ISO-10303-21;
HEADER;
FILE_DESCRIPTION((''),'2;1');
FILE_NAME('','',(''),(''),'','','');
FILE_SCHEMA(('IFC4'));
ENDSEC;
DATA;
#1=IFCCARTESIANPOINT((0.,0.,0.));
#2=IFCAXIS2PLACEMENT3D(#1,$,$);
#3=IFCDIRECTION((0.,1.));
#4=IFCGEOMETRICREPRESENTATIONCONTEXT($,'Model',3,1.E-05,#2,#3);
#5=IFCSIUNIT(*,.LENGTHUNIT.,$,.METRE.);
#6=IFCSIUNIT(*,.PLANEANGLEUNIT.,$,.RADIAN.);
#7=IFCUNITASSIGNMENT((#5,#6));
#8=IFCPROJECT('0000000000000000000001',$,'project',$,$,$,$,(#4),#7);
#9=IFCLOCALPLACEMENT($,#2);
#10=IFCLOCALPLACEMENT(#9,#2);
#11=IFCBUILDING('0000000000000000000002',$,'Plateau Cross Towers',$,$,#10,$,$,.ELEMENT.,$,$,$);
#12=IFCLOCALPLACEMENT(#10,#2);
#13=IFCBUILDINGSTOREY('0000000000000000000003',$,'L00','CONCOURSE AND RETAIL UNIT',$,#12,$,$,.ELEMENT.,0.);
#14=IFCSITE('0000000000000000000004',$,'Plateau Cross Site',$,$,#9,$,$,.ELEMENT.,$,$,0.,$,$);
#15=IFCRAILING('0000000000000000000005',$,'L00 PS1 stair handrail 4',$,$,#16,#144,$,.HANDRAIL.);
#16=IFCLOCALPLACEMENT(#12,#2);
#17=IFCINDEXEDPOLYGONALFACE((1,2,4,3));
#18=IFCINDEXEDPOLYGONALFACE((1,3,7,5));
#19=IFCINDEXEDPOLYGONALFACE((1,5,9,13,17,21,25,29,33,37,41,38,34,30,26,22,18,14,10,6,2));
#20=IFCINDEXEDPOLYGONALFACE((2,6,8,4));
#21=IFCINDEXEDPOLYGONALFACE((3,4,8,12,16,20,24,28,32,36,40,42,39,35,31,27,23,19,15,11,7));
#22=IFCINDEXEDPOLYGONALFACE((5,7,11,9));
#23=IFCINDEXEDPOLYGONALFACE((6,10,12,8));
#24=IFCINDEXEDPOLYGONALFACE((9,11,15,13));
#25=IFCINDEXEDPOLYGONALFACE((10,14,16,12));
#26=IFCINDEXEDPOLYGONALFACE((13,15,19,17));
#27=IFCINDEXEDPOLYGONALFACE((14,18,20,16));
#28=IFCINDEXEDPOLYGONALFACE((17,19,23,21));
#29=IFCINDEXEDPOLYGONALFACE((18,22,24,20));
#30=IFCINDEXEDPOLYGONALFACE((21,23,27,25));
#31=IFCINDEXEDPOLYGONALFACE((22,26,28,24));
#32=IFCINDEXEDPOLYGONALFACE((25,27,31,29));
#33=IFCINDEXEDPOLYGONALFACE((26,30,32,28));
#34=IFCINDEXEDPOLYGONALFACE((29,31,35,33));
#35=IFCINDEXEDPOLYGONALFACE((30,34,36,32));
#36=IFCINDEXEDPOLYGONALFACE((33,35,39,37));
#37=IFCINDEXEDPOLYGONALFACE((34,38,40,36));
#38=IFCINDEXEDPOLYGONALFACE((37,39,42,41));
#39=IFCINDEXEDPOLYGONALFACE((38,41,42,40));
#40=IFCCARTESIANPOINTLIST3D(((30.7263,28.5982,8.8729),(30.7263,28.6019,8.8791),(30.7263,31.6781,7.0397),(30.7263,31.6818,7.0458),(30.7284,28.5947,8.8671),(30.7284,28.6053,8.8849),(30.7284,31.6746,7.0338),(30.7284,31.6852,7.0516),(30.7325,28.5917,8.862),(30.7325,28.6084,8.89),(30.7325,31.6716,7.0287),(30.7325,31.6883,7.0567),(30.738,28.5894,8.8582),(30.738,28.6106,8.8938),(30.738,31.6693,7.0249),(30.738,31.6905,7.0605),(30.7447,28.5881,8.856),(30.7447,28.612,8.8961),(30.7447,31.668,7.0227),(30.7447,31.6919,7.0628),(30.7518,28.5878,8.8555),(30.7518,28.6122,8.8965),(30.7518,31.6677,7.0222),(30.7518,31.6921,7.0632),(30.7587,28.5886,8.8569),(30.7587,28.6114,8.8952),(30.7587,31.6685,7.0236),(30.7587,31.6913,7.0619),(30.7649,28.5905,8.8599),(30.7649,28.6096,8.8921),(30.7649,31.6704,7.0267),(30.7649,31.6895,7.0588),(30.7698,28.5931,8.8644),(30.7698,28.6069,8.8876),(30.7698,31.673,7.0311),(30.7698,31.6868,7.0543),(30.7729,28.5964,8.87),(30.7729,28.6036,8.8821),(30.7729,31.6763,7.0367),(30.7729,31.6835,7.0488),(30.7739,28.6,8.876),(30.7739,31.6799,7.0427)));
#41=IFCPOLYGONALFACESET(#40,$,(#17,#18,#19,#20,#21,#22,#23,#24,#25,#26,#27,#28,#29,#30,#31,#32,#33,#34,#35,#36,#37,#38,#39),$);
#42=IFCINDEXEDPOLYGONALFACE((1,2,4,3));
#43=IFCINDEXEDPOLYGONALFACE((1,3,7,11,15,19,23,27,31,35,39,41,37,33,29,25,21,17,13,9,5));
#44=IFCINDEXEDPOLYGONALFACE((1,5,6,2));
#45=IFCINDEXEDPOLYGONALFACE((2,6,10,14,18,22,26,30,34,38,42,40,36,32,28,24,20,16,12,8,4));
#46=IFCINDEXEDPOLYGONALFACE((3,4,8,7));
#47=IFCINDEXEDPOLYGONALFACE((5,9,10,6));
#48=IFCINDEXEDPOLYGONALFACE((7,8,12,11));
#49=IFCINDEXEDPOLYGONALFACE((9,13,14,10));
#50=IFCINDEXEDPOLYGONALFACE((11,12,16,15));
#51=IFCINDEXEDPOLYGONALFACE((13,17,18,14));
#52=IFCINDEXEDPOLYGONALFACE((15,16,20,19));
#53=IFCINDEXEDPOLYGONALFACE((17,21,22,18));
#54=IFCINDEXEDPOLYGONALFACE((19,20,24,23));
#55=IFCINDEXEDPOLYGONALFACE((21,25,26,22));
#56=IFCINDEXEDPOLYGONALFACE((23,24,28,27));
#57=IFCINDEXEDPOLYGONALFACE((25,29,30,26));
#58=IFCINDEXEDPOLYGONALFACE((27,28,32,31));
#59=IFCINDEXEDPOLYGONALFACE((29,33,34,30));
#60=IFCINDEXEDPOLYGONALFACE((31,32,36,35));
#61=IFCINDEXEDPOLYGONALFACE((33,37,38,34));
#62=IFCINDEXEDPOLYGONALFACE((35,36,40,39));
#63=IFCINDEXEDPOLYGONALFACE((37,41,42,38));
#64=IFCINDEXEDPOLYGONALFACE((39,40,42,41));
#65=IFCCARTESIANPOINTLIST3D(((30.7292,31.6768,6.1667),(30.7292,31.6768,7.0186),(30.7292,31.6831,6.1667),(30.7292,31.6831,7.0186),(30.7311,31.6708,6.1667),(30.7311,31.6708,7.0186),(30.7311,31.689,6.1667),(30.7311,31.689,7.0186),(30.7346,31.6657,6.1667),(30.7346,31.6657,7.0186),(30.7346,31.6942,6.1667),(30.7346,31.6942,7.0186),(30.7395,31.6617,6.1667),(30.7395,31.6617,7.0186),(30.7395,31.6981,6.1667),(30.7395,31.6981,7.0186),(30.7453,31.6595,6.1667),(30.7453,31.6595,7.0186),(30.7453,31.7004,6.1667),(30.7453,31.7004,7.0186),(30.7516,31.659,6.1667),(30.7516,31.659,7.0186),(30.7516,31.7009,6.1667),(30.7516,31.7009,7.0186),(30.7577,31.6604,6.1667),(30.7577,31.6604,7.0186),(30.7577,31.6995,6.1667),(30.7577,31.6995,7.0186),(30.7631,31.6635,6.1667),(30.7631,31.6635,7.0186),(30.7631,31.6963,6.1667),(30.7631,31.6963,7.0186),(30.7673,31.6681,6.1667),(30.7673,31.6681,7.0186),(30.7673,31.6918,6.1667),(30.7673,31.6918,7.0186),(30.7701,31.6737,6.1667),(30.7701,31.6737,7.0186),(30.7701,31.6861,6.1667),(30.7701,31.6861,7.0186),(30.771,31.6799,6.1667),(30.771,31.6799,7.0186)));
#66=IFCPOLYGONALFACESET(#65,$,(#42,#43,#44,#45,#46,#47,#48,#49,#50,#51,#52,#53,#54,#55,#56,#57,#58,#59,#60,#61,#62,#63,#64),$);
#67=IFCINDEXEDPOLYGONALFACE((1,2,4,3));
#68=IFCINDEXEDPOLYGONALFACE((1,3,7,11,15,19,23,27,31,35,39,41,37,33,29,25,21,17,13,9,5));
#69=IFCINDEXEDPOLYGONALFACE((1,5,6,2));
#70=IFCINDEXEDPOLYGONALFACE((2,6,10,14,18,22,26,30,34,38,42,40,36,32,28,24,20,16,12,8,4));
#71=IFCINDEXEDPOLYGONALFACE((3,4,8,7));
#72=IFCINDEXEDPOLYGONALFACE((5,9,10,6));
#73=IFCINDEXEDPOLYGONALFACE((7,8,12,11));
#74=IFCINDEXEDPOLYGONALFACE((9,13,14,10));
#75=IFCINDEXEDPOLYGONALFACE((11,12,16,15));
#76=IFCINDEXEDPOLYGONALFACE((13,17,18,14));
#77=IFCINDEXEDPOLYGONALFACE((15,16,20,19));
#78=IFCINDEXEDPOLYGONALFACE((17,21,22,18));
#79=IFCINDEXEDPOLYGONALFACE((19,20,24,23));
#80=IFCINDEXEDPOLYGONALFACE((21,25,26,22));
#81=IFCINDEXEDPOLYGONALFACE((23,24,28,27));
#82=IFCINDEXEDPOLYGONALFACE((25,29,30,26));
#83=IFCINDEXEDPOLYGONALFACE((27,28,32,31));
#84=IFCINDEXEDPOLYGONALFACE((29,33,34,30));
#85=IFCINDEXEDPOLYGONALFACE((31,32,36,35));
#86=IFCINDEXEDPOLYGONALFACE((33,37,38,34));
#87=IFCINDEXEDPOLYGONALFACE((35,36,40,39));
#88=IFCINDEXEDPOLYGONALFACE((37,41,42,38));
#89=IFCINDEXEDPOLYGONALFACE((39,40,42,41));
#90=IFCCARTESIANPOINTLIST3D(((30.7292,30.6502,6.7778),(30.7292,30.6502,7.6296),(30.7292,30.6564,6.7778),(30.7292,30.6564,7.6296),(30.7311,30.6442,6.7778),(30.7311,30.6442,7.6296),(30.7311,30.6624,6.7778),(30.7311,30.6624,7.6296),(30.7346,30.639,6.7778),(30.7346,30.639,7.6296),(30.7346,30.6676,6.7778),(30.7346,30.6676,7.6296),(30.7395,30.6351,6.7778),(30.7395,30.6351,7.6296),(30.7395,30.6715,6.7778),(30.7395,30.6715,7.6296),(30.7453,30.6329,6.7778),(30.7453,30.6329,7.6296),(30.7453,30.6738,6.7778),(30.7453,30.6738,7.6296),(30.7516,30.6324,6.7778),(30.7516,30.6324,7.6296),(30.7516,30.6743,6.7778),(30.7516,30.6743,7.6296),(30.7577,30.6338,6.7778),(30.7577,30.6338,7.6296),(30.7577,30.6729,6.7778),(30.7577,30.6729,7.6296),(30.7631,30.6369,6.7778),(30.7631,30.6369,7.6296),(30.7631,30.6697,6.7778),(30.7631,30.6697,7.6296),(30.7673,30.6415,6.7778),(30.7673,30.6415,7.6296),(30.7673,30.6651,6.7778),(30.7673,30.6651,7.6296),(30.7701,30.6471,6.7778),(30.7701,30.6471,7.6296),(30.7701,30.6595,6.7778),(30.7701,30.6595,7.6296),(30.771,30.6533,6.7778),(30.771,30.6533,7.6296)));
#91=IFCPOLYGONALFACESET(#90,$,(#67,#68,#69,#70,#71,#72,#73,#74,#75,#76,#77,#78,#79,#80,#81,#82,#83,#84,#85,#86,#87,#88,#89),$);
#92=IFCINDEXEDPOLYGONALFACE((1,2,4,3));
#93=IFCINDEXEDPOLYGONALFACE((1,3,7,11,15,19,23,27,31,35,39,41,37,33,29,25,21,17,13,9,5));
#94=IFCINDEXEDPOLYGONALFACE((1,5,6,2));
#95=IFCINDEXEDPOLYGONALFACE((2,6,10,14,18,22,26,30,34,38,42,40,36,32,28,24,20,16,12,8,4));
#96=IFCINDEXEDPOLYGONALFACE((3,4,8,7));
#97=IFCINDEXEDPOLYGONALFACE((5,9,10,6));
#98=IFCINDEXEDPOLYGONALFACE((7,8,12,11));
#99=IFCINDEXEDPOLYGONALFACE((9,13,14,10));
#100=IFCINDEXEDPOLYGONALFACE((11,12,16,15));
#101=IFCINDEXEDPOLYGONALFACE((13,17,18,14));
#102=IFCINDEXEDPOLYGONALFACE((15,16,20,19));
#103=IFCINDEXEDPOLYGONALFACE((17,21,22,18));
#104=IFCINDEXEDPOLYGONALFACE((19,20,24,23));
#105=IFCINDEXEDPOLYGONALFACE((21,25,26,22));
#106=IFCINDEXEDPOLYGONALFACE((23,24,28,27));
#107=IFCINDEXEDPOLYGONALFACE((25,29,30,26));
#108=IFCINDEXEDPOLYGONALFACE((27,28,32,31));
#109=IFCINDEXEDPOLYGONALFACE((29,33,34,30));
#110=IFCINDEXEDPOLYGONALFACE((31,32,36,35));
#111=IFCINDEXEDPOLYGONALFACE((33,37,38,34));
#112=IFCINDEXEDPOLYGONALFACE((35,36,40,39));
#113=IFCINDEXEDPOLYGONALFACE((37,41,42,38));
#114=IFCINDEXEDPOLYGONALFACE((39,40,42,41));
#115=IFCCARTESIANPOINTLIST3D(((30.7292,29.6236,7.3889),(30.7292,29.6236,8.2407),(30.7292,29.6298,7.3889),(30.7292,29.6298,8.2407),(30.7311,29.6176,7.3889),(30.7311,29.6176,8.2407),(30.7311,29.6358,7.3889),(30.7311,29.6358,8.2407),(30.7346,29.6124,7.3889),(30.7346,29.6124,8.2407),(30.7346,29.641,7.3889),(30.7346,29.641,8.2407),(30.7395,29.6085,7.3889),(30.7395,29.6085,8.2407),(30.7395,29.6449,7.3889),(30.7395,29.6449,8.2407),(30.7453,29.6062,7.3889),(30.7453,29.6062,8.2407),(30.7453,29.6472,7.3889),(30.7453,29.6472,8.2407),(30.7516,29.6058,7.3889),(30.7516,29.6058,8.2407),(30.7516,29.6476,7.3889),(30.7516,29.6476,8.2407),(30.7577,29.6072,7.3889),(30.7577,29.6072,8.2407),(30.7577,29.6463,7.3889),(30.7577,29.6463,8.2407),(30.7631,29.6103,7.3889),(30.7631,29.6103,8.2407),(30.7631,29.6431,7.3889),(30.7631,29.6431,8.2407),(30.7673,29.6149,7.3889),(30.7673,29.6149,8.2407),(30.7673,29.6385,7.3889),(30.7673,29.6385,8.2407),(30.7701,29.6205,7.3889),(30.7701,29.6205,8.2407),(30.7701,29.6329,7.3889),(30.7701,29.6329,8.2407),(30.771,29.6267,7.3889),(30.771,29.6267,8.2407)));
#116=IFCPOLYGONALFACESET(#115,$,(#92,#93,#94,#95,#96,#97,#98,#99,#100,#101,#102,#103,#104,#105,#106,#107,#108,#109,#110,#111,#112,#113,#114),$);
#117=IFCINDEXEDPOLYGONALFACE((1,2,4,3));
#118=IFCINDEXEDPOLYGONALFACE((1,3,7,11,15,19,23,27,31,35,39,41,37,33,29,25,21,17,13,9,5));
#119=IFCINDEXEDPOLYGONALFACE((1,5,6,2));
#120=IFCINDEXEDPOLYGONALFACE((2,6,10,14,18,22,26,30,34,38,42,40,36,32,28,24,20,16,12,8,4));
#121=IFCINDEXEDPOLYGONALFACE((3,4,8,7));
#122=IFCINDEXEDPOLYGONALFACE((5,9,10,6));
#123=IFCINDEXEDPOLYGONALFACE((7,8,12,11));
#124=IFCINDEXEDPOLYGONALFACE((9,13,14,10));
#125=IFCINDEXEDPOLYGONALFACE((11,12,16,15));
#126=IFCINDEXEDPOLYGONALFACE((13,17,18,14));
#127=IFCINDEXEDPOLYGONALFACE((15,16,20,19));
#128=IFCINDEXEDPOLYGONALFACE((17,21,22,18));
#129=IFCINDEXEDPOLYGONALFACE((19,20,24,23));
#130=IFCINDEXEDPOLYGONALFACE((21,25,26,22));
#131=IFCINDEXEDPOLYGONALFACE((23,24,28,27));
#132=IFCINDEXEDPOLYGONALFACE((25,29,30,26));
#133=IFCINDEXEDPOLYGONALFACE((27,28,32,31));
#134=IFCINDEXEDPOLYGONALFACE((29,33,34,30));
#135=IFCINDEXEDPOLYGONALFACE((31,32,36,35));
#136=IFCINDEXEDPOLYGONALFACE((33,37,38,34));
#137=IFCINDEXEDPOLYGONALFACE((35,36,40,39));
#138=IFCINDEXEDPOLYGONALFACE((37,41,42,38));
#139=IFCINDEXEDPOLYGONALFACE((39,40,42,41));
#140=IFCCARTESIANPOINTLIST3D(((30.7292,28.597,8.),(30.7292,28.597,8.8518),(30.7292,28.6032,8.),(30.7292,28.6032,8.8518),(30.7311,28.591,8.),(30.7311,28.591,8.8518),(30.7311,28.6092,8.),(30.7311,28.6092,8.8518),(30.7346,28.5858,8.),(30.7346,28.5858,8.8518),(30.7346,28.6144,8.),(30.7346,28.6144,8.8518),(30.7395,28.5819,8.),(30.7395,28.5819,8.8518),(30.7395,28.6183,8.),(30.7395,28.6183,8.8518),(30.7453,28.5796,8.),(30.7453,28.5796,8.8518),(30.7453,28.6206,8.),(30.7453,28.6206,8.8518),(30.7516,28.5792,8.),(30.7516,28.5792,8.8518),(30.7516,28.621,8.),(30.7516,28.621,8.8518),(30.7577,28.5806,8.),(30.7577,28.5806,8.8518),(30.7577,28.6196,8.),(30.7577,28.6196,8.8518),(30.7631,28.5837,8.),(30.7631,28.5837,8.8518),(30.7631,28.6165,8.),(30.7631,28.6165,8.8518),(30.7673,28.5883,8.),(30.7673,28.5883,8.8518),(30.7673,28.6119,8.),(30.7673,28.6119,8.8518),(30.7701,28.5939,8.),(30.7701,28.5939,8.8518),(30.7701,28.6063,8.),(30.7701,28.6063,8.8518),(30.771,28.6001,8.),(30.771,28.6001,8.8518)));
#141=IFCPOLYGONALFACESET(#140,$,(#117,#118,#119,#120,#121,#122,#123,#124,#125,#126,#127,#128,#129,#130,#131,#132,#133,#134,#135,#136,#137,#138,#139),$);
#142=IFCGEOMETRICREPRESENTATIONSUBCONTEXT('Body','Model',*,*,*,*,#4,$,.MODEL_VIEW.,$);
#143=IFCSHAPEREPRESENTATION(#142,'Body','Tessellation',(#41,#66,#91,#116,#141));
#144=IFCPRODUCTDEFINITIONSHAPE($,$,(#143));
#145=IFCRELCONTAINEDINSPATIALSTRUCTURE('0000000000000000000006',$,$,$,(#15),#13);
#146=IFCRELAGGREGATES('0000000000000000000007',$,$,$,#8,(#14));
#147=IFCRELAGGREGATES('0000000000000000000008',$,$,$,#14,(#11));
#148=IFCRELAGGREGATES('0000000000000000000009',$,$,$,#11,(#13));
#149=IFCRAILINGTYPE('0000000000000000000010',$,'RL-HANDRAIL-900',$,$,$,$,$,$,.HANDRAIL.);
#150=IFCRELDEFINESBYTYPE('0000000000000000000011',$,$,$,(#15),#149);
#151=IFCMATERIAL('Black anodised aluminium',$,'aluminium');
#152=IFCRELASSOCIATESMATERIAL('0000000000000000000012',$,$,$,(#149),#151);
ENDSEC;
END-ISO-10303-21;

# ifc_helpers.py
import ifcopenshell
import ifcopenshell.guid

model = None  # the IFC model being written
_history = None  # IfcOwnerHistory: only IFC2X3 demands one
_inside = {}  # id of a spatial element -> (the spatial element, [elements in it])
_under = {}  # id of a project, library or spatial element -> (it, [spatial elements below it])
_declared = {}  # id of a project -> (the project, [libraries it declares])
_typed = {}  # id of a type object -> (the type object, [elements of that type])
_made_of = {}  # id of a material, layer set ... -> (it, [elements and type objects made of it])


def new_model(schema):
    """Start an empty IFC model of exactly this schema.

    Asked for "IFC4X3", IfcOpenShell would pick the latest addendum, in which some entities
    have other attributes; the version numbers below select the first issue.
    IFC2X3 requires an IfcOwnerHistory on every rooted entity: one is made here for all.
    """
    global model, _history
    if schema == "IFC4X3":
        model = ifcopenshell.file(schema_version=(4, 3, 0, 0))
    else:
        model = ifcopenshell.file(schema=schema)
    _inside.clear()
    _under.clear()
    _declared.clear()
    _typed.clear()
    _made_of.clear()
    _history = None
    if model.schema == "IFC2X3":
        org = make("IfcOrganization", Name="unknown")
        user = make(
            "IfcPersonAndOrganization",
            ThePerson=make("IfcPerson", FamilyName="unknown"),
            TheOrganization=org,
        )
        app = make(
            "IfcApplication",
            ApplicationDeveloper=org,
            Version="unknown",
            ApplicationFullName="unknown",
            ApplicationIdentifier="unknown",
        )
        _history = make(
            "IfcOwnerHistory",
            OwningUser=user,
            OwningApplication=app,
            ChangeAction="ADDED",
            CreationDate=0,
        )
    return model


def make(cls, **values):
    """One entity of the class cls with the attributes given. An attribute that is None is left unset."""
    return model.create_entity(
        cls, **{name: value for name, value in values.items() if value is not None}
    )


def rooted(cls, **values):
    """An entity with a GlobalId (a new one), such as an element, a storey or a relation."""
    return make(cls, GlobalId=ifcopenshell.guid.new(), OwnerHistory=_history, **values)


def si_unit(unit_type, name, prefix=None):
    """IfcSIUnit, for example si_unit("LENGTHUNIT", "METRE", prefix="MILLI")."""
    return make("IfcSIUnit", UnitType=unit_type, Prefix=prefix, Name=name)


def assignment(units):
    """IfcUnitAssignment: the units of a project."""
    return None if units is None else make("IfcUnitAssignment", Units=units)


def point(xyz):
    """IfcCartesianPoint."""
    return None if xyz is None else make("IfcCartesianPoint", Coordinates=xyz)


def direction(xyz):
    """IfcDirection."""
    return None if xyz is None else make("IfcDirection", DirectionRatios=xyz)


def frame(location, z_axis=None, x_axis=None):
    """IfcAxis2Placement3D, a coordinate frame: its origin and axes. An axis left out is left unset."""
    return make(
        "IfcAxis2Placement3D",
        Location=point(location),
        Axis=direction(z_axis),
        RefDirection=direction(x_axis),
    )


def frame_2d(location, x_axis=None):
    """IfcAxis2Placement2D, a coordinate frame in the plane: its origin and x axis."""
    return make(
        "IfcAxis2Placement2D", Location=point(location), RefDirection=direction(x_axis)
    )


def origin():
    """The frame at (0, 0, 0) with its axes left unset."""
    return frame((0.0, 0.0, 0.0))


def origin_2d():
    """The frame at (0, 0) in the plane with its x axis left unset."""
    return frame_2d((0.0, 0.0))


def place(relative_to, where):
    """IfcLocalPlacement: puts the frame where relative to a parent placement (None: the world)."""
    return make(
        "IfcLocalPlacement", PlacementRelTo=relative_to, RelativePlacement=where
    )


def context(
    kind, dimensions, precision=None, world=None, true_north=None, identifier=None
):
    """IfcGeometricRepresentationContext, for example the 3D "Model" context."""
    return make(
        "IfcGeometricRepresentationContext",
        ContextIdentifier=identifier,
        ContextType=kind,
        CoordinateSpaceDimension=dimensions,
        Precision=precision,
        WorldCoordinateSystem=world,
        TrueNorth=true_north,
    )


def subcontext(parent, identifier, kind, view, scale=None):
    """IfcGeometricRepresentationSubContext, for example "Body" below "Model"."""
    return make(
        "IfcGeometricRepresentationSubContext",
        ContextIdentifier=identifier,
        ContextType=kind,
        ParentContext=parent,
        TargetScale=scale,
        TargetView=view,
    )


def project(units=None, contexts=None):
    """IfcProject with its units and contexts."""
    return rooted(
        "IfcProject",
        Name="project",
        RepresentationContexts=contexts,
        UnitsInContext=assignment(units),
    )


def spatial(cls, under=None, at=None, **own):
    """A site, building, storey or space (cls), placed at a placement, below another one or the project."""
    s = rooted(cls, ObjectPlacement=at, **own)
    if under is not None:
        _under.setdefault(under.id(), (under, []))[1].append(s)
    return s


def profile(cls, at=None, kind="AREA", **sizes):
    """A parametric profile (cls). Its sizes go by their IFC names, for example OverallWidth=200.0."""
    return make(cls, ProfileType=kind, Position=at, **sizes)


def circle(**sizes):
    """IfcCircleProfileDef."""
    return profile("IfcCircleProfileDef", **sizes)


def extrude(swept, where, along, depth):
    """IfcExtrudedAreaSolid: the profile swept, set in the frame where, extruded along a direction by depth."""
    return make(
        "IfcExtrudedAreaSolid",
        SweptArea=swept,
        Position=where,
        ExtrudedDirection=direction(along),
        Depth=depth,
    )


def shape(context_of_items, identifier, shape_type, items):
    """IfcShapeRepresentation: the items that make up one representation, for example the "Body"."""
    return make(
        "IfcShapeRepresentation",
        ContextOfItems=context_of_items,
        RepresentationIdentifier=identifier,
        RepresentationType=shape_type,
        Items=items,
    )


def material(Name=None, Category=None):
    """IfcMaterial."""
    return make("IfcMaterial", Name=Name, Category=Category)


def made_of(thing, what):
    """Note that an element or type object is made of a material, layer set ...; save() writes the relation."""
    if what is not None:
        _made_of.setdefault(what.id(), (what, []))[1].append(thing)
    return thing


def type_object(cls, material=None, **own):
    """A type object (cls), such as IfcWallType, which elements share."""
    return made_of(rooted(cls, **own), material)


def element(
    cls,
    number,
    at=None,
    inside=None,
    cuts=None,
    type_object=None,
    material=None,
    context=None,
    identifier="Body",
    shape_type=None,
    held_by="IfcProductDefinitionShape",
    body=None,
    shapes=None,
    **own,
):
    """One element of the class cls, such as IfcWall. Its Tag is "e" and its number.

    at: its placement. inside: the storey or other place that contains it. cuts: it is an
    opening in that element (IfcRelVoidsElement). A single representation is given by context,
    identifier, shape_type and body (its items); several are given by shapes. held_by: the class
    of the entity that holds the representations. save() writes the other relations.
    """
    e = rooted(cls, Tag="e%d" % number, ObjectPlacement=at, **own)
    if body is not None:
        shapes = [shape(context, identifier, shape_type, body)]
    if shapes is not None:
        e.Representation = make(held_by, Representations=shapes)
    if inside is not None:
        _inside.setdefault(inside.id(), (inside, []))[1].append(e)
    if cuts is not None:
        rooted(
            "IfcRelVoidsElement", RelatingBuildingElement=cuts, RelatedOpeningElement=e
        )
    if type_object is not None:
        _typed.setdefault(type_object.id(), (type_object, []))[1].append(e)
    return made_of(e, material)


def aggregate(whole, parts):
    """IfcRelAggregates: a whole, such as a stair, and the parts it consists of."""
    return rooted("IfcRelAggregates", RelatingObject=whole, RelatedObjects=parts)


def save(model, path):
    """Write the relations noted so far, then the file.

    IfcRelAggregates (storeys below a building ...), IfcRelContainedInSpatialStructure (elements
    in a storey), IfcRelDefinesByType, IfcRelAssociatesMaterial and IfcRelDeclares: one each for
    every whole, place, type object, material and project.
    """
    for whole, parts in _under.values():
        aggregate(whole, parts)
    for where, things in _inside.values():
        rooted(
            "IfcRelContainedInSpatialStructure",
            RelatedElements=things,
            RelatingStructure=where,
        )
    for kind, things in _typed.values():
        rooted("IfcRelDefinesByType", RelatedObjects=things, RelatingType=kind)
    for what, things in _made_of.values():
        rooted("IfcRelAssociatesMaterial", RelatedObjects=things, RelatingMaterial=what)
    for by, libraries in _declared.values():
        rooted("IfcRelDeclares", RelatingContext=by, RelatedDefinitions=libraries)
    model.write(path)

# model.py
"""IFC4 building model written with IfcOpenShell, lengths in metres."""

from ifc_helpers import new_model, si_unit, direction, frame, origin, origin_2d, place, context, subcontext, project, spatial, circle, extrude, material, type_object, element, save


model = new_model("IFC4")

# Units and contexts
model_context = context("Model", 3, precision=1e-05, world=origin(), true_north=direction((0.0, 1.0)))
body_context = subcontext(model_context, "Body", "Model", "MODEL_VIEW")
ifc_project = project(units=[si_unit("LENGTHUNIT", "METRE"), si_unit("PLANEANGLEUNIT", "RADIAN")], contexts=[model_context])

# Site, building, storey
site_placement = place(None, origin())
site = spatial("IfcSite", under=ifc_project, at=site_placement, Name="Plateau Cross Site", CompositionType="ELEMENT", RefElevation=0.0)
building_placement = place(site_placement, origin())
building = spatial("IfcBuilding", under=site, at=building_placement, Name="Plateau Cross Towers", CompositionType="ELEMENT")
storey_placement = place(building_placement, origin())
storey = spatial("IfcBuildingStorey", under=building, at=storey_placement, Name="L00", Description="CONCOURSE AND RETAIL UNIT", CompositionType="ELEMENT", Elevation=0.0)

# Railing
ifc_material_1 = material(Name="Black anodised aluminium", Category="aluminium")
railing_type_1 = type_object("IfcRailingType", Name="RL-HANDRAIL-900", PredefinedType="HANDRAIL", material=ifc_material_1)
for number, where, name in (
    (1, (30.75, 31.6799, 6.1667), "L00 PS1 stair handrail 4"),
):
    element("IfcRailing", number, at=place(storey_placement, frame(where)), inside=storey, type_object=railing_type_1, Name=name, PredefinedType="HANDRAIL", context=body_context, shape_type="SweptSolid", body=[
        extrude(circle(Radius=0.0239, at=origin_2d()), frame((0.0, 0.0, 0.876), z_axis=(0.0, -0.859291, 0.511487), x_axis=(1.0, 0.0, 0.0)), (0.0, 0.0, 1.0), 3.5842),
        extrude(circle(Radius=0.021, at=origin_2d()), origin(), (0.0, 0.0, 1.0), 0.8518),
        extrude(circle(Radius=0.021, at=origin_2d()), frame((0.0, -1.0266, 0.6111)), (0.0, 0.0, 1.0), 0.8518),
        extrude(circle(Radius=0.021, at=origin_2d()), frame((0.0, -2.0532, 1.2222)), (0.0, 0.0, 1.0), 0.8518),
        extrude(circle(Radius=0.021, at=origin_2d()), frame((0.0, -3.0798, 1.8333)), (0.0, 0.0, 1.0), 0.8518),
    ])

save(model, "model.ifc")
